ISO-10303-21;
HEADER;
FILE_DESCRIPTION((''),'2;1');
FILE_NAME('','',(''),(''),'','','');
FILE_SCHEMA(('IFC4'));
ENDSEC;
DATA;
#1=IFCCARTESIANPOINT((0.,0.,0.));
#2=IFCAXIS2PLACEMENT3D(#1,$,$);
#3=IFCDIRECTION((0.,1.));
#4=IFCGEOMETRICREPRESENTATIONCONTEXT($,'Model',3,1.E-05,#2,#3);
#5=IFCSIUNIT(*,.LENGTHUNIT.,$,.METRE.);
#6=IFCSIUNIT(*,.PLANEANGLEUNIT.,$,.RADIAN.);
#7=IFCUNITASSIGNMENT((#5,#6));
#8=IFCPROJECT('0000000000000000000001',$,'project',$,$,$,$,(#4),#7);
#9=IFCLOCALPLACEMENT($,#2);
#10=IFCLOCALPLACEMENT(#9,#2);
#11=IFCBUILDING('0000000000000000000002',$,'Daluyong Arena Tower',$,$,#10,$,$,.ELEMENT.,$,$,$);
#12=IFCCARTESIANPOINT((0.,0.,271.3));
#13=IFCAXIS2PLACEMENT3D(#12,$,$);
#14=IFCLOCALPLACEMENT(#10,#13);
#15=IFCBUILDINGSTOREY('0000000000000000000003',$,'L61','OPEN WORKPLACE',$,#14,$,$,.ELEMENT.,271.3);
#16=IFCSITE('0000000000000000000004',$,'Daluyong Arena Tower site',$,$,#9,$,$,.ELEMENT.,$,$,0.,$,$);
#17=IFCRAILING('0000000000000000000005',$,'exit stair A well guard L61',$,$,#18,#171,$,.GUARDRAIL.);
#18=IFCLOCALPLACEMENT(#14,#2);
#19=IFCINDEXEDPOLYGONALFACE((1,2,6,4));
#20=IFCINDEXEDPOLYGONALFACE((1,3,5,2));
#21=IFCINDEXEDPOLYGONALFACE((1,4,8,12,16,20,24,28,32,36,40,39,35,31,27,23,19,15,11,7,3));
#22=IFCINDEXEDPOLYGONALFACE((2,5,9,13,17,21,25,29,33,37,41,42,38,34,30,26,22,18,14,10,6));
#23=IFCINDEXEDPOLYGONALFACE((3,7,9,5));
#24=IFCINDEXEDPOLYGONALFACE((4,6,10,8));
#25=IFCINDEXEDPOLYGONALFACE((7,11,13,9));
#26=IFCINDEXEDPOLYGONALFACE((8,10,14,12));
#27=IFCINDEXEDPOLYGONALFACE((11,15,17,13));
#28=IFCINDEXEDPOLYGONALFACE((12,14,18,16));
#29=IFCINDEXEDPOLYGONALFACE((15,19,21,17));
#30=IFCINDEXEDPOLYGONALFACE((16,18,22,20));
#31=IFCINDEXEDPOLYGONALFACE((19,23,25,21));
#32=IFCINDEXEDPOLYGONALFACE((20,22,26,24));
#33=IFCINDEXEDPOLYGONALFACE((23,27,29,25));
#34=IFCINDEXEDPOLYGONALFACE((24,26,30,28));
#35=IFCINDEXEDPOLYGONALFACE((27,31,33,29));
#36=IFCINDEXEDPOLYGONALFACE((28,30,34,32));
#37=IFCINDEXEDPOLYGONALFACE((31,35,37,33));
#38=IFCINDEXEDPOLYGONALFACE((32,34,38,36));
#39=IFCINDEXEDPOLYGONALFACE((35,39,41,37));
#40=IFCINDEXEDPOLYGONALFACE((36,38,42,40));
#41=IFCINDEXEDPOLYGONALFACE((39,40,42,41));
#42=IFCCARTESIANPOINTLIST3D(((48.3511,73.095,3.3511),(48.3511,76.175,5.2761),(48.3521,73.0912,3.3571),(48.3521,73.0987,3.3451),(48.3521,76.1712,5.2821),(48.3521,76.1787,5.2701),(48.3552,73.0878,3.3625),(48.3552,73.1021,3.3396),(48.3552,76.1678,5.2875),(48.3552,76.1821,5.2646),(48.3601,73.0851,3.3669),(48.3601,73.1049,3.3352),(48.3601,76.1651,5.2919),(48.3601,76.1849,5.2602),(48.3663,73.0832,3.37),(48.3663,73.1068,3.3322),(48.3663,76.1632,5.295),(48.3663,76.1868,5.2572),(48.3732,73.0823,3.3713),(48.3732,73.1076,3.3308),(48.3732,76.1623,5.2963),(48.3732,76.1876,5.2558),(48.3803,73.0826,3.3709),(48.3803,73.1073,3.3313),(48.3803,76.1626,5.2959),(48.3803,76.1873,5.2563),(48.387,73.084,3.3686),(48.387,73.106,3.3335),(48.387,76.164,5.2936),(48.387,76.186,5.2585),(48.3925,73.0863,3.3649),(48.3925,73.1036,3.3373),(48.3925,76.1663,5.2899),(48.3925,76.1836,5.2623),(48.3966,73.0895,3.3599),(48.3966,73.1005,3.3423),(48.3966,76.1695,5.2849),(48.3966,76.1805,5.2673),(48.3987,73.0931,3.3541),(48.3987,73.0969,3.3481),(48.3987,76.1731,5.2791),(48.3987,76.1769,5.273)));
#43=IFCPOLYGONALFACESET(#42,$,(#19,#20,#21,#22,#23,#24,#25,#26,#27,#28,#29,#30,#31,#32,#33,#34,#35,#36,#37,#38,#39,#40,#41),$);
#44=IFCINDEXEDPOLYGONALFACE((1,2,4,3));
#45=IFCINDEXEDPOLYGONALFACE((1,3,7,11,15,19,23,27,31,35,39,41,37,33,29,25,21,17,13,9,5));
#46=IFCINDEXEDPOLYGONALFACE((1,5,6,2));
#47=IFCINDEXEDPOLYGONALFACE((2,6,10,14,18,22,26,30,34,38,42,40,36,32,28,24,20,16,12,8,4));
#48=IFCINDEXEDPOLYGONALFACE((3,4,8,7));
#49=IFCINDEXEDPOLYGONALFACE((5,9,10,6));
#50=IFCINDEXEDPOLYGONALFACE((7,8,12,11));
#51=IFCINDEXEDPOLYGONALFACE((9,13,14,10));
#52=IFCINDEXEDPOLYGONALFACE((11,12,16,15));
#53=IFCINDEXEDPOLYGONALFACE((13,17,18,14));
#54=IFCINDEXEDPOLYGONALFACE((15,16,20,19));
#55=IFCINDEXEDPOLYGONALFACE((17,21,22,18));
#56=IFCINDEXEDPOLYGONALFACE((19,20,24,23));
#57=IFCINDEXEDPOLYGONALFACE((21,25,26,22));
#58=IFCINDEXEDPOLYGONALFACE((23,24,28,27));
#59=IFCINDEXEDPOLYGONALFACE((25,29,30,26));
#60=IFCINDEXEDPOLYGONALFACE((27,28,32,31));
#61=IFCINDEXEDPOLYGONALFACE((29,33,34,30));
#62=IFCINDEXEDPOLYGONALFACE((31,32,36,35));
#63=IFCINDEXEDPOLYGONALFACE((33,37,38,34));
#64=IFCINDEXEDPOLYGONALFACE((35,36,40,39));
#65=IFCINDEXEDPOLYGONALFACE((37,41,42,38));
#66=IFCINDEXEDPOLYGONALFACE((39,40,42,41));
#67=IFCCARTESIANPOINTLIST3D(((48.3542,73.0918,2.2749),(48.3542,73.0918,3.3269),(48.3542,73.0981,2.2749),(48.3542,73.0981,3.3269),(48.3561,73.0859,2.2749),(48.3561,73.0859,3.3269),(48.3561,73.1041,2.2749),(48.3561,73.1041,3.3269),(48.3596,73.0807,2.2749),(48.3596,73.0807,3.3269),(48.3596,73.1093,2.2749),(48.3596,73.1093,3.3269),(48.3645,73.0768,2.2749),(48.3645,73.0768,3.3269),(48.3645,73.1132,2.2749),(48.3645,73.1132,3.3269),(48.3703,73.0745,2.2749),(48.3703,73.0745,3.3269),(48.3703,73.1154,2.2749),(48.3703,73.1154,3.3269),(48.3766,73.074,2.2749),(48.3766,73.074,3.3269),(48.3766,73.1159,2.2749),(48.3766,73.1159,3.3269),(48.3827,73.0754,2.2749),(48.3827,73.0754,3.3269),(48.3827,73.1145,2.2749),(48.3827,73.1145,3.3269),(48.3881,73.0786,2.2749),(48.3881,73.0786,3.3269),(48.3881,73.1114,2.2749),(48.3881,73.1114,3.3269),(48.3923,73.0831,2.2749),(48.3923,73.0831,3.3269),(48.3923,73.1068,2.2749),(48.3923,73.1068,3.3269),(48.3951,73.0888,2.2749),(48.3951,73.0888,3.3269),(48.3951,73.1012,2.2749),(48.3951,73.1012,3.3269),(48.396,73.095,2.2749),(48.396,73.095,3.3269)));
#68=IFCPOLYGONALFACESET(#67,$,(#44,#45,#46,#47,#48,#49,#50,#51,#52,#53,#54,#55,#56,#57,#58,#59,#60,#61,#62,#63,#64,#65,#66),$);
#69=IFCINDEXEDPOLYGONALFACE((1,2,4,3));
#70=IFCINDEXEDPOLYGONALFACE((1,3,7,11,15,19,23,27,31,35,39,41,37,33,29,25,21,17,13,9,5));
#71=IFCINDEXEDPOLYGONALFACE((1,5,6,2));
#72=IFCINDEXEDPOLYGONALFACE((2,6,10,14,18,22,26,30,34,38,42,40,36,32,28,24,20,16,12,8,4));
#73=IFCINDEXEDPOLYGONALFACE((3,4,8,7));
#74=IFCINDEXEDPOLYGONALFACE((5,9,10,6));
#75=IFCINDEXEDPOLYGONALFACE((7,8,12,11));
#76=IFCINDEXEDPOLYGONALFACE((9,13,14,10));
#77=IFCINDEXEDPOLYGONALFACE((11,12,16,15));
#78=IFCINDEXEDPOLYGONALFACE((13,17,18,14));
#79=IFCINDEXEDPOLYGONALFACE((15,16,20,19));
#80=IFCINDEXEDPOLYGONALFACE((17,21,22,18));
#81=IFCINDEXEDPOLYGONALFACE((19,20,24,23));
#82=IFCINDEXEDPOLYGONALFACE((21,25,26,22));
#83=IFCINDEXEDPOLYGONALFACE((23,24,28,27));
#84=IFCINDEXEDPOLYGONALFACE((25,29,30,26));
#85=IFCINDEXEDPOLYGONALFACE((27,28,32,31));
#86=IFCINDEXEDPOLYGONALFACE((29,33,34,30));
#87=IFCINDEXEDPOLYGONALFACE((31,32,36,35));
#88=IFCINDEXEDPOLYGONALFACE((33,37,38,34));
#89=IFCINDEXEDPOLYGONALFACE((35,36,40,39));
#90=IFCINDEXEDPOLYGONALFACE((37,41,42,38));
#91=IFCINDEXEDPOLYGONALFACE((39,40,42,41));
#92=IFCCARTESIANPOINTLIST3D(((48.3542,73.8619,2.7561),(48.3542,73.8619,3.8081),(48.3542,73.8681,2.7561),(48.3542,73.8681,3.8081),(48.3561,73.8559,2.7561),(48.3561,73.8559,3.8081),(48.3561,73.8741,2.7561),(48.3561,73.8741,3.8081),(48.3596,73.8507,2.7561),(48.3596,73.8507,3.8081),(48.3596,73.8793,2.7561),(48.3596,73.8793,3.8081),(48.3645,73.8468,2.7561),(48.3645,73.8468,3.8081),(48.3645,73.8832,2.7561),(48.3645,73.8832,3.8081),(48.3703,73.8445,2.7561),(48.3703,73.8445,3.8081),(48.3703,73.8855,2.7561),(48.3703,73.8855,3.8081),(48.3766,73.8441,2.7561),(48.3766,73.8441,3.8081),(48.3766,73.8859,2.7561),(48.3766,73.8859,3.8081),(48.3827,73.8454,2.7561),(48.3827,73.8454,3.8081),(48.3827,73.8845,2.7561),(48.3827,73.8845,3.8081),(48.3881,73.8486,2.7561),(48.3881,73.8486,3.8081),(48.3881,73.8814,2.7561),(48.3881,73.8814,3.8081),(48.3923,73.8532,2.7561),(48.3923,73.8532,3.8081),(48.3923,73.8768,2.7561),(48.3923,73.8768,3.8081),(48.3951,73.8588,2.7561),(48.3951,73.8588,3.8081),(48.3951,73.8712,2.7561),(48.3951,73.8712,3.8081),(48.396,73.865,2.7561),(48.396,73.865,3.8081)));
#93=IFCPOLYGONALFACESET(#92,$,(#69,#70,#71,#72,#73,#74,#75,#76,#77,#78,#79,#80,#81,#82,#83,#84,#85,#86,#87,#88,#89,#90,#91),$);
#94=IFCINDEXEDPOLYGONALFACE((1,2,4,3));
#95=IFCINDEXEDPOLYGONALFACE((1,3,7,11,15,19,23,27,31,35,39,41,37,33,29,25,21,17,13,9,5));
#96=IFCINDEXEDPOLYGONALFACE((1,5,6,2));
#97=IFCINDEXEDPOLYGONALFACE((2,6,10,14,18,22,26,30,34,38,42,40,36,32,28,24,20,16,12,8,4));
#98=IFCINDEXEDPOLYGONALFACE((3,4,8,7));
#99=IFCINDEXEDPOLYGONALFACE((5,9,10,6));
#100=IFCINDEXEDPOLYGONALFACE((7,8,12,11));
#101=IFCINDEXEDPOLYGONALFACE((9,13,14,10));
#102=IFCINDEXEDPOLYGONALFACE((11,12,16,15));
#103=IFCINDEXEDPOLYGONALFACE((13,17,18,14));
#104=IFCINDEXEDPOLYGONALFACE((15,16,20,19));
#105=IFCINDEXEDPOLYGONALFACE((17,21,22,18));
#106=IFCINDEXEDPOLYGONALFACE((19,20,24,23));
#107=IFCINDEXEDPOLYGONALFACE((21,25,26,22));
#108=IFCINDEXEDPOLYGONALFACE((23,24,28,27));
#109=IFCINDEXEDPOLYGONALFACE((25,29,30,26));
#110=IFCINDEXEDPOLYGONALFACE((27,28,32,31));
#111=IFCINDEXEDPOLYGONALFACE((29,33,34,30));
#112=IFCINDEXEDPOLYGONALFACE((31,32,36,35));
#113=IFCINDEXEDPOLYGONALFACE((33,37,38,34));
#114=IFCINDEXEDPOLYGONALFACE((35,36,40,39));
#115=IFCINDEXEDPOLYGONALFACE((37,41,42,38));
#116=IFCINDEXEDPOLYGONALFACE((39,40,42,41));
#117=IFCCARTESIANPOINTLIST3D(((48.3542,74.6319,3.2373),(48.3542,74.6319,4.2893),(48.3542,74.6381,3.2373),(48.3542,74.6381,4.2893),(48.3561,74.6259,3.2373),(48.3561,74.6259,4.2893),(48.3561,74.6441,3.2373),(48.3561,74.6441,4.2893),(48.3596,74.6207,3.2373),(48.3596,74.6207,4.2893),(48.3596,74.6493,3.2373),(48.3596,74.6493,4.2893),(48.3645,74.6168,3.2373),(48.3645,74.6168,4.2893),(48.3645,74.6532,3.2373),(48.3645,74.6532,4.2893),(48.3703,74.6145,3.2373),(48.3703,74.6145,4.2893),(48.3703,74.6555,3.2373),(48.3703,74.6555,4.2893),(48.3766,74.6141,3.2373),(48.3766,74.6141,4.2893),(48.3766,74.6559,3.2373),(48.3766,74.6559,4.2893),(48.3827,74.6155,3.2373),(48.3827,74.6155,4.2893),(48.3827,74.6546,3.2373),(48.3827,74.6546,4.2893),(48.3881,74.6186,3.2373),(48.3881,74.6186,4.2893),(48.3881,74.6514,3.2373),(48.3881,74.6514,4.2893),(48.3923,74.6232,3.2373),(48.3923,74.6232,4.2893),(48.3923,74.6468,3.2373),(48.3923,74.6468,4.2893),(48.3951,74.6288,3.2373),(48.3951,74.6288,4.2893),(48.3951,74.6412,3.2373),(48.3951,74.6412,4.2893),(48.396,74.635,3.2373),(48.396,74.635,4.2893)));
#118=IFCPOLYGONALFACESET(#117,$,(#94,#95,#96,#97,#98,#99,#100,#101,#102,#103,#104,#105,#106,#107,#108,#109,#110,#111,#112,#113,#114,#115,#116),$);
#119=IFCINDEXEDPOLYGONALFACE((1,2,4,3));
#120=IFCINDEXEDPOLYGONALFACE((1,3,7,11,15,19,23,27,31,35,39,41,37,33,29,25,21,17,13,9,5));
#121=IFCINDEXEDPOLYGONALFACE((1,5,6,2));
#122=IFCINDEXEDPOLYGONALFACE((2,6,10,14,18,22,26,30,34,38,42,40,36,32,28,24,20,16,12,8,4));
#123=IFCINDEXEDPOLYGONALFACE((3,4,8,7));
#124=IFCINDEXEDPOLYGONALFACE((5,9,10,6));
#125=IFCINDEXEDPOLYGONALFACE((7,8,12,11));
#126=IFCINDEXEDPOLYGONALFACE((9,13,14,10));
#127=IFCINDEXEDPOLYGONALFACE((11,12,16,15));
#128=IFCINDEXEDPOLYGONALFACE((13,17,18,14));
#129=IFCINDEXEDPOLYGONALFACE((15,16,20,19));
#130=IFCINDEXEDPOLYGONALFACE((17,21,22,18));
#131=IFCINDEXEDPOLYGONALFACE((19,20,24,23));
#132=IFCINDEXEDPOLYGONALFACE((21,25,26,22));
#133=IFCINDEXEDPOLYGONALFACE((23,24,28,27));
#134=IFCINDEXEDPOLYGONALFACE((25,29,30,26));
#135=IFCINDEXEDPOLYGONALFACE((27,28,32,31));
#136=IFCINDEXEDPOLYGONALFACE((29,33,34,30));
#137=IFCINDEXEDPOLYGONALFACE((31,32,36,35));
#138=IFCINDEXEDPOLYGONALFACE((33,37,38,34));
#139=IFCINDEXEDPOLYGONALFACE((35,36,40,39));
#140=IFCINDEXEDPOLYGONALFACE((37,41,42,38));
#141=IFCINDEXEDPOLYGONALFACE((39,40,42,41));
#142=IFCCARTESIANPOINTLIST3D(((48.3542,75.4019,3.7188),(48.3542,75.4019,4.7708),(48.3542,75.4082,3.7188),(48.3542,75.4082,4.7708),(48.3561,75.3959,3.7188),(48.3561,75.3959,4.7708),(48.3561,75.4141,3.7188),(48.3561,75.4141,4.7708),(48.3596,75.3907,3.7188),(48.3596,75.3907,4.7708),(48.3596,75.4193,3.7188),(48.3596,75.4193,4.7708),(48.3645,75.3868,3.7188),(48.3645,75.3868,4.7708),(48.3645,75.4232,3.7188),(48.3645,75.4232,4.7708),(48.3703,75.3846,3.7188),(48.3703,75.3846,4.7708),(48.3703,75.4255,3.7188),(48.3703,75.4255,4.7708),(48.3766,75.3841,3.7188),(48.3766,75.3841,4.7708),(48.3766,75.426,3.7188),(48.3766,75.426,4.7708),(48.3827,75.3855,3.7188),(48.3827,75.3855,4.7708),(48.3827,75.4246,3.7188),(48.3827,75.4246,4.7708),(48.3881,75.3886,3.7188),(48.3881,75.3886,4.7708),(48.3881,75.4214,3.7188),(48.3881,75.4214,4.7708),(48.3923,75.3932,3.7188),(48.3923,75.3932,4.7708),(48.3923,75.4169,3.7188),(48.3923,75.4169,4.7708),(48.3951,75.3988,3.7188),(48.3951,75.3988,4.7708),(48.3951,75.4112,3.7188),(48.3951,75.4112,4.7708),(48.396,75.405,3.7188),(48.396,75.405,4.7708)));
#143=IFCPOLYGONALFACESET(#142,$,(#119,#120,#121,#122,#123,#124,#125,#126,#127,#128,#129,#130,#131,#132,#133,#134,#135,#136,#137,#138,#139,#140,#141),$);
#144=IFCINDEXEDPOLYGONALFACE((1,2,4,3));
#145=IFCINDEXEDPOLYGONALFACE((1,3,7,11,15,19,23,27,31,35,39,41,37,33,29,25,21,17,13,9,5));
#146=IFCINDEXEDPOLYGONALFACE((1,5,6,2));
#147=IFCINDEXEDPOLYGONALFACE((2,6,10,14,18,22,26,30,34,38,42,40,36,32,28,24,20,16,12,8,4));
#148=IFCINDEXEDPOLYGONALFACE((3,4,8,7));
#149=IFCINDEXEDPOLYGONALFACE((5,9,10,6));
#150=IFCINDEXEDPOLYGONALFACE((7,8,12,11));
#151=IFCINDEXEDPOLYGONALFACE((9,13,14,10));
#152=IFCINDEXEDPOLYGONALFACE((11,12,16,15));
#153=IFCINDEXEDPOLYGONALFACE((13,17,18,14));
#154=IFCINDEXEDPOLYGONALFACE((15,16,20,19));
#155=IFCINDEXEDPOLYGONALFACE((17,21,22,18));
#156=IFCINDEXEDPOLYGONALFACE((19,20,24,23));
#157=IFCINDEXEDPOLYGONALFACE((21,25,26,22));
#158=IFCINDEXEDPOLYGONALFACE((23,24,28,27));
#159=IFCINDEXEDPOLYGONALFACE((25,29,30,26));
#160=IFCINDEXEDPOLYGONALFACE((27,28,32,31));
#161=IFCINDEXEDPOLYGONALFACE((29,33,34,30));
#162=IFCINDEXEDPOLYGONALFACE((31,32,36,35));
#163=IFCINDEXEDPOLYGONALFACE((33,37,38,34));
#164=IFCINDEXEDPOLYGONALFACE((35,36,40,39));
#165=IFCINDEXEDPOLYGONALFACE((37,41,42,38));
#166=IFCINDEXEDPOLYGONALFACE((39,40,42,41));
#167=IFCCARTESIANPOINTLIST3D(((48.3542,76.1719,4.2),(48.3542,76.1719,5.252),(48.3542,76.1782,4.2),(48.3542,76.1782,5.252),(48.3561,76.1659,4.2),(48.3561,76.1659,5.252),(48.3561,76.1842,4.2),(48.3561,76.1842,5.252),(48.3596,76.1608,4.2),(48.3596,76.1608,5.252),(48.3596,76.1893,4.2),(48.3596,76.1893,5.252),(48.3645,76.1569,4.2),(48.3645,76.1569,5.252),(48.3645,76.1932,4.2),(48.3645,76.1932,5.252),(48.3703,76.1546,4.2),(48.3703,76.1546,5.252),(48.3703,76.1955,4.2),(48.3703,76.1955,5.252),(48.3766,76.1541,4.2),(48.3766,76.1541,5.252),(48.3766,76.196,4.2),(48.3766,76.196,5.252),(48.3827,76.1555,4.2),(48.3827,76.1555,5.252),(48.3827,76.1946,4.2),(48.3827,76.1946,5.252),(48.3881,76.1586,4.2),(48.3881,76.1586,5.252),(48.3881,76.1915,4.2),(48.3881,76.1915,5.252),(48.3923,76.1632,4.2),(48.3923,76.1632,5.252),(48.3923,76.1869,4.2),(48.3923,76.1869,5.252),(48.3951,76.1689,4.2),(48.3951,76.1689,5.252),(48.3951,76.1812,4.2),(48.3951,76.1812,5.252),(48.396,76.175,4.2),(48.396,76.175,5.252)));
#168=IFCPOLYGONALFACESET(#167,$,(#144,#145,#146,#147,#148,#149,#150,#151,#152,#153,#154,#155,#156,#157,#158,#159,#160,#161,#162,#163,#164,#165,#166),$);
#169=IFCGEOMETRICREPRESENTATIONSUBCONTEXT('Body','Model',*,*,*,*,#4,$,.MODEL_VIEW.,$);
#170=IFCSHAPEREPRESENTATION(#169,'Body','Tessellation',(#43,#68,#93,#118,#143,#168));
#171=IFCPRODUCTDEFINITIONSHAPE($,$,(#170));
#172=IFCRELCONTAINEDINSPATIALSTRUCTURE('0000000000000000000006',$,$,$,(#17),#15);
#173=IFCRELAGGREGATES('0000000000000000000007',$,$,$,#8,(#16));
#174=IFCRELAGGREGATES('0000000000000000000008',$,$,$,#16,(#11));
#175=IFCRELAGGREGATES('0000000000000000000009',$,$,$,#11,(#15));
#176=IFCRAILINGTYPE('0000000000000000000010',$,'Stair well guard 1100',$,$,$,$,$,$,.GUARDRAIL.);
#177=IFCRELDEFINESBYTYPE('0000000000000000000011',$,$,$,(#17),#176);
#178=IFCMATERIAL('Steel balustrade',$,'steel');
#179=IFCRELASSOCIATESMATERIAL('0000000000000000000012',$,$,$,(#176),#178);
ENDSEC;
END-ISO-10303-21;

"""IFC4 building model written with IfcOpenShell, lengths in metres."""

from ifc_helpers import new_model, si_unit, direction, frame, origin, origin_2d, place, context, subcontext, project, spatial, circle, extrude, material, type_object, element, save


model = new_model("IFC4")

# Units and contexts
model_context = context("Model", 3, precision=1e-05, world=origin(), true_north=direction((0.0, 1.0)))
body_context = subcontext(model_context, "Body", "Model", "MODEL_VIEW")
ifc_project = project(units=[si_unit("LENGTHUNIT", "METRE"), si_unit("PLANEANGLEUNIT", "RADIAN")], contexts=[model_context])

# Site, building, storey
site_placement = place(None, origin())
site = spatial("IfcSite", under=ifc_project, at=site_placement, Name="Daluyong Arena Tower site", CompositionType="ELEMENT", RefElevation=0.0)
building_placement = place(site_placement, origin())
building = spatial("IfcBuilding", under=site, at=building_placement, Name="Daluyong Arena Tower", CompositionType="ELEMENT")
storey_placement = place(building_placement, frame((0.0, 0.0, 271.3)))
storey = spatial("IfcBuildingStorey", under=building, at=storey_placement, Name="L61", Description="OPEN WORKPLACE", CompositionType="ELEMENT", Elevation=271.3)

# Railing
ifc_material_1 = material(Name="Steel balustrade", Category="steel")
railing_type_1 = type_object("IfcRailingType", Name="Stair well guard 1100", PredefinedType="GUARDRAIL", material=ifc_material_1)
railing_1_placement = place(storey_placement, frame((48.375, 73.095, 2.2749)))
element("IfcRailing", 1, at=railing_1_placement, inside=storey, type_object=railing_type_1, Name="exit stair A well guard L61", PredefinedType="GUARDRAIL", context=body_context, shape_type="SweptSolid", body=[
    extrude(circle(Radius=0.0239, at=origin_2d()), frame((0.0, 0.0, 1.0762), z_axis=(0.0, 0.847998, 0.529999), x_axis=(-1.0, 0.0, 0.0)), (0.0, 0.0, 1.0), 3.6321),
    extrude(circle(Radius=0.021, at=origin_2d()), origin(), (0.0, 0.0, 1.0), 1.052),
    extrude(circle(Radius=0.021, at=origin_2d()), frame((0.0, 0.77, 0.4812)), (0.0, 0.0, 1.0), 1.052),
    extrude(circle(Radius=0.021, at=origin_2d()), frame((0.0, 1.54, 0.9624)), (0.0, 0.0, 1.0), 1.052),
    extrude(circle(Radius=0.021, at=origin_2d()), frame((0.0, 2.3101, 1.4438)), (0.0, 0.0, 1.0), 1.052),
    extrude(circle(Radius=0.021, at=origin_2d()), frame((0.0, 3.0801, 1.925)), (0.0, 0.0, 1.0), 1.052),
])

save(model, "model.ifc")
